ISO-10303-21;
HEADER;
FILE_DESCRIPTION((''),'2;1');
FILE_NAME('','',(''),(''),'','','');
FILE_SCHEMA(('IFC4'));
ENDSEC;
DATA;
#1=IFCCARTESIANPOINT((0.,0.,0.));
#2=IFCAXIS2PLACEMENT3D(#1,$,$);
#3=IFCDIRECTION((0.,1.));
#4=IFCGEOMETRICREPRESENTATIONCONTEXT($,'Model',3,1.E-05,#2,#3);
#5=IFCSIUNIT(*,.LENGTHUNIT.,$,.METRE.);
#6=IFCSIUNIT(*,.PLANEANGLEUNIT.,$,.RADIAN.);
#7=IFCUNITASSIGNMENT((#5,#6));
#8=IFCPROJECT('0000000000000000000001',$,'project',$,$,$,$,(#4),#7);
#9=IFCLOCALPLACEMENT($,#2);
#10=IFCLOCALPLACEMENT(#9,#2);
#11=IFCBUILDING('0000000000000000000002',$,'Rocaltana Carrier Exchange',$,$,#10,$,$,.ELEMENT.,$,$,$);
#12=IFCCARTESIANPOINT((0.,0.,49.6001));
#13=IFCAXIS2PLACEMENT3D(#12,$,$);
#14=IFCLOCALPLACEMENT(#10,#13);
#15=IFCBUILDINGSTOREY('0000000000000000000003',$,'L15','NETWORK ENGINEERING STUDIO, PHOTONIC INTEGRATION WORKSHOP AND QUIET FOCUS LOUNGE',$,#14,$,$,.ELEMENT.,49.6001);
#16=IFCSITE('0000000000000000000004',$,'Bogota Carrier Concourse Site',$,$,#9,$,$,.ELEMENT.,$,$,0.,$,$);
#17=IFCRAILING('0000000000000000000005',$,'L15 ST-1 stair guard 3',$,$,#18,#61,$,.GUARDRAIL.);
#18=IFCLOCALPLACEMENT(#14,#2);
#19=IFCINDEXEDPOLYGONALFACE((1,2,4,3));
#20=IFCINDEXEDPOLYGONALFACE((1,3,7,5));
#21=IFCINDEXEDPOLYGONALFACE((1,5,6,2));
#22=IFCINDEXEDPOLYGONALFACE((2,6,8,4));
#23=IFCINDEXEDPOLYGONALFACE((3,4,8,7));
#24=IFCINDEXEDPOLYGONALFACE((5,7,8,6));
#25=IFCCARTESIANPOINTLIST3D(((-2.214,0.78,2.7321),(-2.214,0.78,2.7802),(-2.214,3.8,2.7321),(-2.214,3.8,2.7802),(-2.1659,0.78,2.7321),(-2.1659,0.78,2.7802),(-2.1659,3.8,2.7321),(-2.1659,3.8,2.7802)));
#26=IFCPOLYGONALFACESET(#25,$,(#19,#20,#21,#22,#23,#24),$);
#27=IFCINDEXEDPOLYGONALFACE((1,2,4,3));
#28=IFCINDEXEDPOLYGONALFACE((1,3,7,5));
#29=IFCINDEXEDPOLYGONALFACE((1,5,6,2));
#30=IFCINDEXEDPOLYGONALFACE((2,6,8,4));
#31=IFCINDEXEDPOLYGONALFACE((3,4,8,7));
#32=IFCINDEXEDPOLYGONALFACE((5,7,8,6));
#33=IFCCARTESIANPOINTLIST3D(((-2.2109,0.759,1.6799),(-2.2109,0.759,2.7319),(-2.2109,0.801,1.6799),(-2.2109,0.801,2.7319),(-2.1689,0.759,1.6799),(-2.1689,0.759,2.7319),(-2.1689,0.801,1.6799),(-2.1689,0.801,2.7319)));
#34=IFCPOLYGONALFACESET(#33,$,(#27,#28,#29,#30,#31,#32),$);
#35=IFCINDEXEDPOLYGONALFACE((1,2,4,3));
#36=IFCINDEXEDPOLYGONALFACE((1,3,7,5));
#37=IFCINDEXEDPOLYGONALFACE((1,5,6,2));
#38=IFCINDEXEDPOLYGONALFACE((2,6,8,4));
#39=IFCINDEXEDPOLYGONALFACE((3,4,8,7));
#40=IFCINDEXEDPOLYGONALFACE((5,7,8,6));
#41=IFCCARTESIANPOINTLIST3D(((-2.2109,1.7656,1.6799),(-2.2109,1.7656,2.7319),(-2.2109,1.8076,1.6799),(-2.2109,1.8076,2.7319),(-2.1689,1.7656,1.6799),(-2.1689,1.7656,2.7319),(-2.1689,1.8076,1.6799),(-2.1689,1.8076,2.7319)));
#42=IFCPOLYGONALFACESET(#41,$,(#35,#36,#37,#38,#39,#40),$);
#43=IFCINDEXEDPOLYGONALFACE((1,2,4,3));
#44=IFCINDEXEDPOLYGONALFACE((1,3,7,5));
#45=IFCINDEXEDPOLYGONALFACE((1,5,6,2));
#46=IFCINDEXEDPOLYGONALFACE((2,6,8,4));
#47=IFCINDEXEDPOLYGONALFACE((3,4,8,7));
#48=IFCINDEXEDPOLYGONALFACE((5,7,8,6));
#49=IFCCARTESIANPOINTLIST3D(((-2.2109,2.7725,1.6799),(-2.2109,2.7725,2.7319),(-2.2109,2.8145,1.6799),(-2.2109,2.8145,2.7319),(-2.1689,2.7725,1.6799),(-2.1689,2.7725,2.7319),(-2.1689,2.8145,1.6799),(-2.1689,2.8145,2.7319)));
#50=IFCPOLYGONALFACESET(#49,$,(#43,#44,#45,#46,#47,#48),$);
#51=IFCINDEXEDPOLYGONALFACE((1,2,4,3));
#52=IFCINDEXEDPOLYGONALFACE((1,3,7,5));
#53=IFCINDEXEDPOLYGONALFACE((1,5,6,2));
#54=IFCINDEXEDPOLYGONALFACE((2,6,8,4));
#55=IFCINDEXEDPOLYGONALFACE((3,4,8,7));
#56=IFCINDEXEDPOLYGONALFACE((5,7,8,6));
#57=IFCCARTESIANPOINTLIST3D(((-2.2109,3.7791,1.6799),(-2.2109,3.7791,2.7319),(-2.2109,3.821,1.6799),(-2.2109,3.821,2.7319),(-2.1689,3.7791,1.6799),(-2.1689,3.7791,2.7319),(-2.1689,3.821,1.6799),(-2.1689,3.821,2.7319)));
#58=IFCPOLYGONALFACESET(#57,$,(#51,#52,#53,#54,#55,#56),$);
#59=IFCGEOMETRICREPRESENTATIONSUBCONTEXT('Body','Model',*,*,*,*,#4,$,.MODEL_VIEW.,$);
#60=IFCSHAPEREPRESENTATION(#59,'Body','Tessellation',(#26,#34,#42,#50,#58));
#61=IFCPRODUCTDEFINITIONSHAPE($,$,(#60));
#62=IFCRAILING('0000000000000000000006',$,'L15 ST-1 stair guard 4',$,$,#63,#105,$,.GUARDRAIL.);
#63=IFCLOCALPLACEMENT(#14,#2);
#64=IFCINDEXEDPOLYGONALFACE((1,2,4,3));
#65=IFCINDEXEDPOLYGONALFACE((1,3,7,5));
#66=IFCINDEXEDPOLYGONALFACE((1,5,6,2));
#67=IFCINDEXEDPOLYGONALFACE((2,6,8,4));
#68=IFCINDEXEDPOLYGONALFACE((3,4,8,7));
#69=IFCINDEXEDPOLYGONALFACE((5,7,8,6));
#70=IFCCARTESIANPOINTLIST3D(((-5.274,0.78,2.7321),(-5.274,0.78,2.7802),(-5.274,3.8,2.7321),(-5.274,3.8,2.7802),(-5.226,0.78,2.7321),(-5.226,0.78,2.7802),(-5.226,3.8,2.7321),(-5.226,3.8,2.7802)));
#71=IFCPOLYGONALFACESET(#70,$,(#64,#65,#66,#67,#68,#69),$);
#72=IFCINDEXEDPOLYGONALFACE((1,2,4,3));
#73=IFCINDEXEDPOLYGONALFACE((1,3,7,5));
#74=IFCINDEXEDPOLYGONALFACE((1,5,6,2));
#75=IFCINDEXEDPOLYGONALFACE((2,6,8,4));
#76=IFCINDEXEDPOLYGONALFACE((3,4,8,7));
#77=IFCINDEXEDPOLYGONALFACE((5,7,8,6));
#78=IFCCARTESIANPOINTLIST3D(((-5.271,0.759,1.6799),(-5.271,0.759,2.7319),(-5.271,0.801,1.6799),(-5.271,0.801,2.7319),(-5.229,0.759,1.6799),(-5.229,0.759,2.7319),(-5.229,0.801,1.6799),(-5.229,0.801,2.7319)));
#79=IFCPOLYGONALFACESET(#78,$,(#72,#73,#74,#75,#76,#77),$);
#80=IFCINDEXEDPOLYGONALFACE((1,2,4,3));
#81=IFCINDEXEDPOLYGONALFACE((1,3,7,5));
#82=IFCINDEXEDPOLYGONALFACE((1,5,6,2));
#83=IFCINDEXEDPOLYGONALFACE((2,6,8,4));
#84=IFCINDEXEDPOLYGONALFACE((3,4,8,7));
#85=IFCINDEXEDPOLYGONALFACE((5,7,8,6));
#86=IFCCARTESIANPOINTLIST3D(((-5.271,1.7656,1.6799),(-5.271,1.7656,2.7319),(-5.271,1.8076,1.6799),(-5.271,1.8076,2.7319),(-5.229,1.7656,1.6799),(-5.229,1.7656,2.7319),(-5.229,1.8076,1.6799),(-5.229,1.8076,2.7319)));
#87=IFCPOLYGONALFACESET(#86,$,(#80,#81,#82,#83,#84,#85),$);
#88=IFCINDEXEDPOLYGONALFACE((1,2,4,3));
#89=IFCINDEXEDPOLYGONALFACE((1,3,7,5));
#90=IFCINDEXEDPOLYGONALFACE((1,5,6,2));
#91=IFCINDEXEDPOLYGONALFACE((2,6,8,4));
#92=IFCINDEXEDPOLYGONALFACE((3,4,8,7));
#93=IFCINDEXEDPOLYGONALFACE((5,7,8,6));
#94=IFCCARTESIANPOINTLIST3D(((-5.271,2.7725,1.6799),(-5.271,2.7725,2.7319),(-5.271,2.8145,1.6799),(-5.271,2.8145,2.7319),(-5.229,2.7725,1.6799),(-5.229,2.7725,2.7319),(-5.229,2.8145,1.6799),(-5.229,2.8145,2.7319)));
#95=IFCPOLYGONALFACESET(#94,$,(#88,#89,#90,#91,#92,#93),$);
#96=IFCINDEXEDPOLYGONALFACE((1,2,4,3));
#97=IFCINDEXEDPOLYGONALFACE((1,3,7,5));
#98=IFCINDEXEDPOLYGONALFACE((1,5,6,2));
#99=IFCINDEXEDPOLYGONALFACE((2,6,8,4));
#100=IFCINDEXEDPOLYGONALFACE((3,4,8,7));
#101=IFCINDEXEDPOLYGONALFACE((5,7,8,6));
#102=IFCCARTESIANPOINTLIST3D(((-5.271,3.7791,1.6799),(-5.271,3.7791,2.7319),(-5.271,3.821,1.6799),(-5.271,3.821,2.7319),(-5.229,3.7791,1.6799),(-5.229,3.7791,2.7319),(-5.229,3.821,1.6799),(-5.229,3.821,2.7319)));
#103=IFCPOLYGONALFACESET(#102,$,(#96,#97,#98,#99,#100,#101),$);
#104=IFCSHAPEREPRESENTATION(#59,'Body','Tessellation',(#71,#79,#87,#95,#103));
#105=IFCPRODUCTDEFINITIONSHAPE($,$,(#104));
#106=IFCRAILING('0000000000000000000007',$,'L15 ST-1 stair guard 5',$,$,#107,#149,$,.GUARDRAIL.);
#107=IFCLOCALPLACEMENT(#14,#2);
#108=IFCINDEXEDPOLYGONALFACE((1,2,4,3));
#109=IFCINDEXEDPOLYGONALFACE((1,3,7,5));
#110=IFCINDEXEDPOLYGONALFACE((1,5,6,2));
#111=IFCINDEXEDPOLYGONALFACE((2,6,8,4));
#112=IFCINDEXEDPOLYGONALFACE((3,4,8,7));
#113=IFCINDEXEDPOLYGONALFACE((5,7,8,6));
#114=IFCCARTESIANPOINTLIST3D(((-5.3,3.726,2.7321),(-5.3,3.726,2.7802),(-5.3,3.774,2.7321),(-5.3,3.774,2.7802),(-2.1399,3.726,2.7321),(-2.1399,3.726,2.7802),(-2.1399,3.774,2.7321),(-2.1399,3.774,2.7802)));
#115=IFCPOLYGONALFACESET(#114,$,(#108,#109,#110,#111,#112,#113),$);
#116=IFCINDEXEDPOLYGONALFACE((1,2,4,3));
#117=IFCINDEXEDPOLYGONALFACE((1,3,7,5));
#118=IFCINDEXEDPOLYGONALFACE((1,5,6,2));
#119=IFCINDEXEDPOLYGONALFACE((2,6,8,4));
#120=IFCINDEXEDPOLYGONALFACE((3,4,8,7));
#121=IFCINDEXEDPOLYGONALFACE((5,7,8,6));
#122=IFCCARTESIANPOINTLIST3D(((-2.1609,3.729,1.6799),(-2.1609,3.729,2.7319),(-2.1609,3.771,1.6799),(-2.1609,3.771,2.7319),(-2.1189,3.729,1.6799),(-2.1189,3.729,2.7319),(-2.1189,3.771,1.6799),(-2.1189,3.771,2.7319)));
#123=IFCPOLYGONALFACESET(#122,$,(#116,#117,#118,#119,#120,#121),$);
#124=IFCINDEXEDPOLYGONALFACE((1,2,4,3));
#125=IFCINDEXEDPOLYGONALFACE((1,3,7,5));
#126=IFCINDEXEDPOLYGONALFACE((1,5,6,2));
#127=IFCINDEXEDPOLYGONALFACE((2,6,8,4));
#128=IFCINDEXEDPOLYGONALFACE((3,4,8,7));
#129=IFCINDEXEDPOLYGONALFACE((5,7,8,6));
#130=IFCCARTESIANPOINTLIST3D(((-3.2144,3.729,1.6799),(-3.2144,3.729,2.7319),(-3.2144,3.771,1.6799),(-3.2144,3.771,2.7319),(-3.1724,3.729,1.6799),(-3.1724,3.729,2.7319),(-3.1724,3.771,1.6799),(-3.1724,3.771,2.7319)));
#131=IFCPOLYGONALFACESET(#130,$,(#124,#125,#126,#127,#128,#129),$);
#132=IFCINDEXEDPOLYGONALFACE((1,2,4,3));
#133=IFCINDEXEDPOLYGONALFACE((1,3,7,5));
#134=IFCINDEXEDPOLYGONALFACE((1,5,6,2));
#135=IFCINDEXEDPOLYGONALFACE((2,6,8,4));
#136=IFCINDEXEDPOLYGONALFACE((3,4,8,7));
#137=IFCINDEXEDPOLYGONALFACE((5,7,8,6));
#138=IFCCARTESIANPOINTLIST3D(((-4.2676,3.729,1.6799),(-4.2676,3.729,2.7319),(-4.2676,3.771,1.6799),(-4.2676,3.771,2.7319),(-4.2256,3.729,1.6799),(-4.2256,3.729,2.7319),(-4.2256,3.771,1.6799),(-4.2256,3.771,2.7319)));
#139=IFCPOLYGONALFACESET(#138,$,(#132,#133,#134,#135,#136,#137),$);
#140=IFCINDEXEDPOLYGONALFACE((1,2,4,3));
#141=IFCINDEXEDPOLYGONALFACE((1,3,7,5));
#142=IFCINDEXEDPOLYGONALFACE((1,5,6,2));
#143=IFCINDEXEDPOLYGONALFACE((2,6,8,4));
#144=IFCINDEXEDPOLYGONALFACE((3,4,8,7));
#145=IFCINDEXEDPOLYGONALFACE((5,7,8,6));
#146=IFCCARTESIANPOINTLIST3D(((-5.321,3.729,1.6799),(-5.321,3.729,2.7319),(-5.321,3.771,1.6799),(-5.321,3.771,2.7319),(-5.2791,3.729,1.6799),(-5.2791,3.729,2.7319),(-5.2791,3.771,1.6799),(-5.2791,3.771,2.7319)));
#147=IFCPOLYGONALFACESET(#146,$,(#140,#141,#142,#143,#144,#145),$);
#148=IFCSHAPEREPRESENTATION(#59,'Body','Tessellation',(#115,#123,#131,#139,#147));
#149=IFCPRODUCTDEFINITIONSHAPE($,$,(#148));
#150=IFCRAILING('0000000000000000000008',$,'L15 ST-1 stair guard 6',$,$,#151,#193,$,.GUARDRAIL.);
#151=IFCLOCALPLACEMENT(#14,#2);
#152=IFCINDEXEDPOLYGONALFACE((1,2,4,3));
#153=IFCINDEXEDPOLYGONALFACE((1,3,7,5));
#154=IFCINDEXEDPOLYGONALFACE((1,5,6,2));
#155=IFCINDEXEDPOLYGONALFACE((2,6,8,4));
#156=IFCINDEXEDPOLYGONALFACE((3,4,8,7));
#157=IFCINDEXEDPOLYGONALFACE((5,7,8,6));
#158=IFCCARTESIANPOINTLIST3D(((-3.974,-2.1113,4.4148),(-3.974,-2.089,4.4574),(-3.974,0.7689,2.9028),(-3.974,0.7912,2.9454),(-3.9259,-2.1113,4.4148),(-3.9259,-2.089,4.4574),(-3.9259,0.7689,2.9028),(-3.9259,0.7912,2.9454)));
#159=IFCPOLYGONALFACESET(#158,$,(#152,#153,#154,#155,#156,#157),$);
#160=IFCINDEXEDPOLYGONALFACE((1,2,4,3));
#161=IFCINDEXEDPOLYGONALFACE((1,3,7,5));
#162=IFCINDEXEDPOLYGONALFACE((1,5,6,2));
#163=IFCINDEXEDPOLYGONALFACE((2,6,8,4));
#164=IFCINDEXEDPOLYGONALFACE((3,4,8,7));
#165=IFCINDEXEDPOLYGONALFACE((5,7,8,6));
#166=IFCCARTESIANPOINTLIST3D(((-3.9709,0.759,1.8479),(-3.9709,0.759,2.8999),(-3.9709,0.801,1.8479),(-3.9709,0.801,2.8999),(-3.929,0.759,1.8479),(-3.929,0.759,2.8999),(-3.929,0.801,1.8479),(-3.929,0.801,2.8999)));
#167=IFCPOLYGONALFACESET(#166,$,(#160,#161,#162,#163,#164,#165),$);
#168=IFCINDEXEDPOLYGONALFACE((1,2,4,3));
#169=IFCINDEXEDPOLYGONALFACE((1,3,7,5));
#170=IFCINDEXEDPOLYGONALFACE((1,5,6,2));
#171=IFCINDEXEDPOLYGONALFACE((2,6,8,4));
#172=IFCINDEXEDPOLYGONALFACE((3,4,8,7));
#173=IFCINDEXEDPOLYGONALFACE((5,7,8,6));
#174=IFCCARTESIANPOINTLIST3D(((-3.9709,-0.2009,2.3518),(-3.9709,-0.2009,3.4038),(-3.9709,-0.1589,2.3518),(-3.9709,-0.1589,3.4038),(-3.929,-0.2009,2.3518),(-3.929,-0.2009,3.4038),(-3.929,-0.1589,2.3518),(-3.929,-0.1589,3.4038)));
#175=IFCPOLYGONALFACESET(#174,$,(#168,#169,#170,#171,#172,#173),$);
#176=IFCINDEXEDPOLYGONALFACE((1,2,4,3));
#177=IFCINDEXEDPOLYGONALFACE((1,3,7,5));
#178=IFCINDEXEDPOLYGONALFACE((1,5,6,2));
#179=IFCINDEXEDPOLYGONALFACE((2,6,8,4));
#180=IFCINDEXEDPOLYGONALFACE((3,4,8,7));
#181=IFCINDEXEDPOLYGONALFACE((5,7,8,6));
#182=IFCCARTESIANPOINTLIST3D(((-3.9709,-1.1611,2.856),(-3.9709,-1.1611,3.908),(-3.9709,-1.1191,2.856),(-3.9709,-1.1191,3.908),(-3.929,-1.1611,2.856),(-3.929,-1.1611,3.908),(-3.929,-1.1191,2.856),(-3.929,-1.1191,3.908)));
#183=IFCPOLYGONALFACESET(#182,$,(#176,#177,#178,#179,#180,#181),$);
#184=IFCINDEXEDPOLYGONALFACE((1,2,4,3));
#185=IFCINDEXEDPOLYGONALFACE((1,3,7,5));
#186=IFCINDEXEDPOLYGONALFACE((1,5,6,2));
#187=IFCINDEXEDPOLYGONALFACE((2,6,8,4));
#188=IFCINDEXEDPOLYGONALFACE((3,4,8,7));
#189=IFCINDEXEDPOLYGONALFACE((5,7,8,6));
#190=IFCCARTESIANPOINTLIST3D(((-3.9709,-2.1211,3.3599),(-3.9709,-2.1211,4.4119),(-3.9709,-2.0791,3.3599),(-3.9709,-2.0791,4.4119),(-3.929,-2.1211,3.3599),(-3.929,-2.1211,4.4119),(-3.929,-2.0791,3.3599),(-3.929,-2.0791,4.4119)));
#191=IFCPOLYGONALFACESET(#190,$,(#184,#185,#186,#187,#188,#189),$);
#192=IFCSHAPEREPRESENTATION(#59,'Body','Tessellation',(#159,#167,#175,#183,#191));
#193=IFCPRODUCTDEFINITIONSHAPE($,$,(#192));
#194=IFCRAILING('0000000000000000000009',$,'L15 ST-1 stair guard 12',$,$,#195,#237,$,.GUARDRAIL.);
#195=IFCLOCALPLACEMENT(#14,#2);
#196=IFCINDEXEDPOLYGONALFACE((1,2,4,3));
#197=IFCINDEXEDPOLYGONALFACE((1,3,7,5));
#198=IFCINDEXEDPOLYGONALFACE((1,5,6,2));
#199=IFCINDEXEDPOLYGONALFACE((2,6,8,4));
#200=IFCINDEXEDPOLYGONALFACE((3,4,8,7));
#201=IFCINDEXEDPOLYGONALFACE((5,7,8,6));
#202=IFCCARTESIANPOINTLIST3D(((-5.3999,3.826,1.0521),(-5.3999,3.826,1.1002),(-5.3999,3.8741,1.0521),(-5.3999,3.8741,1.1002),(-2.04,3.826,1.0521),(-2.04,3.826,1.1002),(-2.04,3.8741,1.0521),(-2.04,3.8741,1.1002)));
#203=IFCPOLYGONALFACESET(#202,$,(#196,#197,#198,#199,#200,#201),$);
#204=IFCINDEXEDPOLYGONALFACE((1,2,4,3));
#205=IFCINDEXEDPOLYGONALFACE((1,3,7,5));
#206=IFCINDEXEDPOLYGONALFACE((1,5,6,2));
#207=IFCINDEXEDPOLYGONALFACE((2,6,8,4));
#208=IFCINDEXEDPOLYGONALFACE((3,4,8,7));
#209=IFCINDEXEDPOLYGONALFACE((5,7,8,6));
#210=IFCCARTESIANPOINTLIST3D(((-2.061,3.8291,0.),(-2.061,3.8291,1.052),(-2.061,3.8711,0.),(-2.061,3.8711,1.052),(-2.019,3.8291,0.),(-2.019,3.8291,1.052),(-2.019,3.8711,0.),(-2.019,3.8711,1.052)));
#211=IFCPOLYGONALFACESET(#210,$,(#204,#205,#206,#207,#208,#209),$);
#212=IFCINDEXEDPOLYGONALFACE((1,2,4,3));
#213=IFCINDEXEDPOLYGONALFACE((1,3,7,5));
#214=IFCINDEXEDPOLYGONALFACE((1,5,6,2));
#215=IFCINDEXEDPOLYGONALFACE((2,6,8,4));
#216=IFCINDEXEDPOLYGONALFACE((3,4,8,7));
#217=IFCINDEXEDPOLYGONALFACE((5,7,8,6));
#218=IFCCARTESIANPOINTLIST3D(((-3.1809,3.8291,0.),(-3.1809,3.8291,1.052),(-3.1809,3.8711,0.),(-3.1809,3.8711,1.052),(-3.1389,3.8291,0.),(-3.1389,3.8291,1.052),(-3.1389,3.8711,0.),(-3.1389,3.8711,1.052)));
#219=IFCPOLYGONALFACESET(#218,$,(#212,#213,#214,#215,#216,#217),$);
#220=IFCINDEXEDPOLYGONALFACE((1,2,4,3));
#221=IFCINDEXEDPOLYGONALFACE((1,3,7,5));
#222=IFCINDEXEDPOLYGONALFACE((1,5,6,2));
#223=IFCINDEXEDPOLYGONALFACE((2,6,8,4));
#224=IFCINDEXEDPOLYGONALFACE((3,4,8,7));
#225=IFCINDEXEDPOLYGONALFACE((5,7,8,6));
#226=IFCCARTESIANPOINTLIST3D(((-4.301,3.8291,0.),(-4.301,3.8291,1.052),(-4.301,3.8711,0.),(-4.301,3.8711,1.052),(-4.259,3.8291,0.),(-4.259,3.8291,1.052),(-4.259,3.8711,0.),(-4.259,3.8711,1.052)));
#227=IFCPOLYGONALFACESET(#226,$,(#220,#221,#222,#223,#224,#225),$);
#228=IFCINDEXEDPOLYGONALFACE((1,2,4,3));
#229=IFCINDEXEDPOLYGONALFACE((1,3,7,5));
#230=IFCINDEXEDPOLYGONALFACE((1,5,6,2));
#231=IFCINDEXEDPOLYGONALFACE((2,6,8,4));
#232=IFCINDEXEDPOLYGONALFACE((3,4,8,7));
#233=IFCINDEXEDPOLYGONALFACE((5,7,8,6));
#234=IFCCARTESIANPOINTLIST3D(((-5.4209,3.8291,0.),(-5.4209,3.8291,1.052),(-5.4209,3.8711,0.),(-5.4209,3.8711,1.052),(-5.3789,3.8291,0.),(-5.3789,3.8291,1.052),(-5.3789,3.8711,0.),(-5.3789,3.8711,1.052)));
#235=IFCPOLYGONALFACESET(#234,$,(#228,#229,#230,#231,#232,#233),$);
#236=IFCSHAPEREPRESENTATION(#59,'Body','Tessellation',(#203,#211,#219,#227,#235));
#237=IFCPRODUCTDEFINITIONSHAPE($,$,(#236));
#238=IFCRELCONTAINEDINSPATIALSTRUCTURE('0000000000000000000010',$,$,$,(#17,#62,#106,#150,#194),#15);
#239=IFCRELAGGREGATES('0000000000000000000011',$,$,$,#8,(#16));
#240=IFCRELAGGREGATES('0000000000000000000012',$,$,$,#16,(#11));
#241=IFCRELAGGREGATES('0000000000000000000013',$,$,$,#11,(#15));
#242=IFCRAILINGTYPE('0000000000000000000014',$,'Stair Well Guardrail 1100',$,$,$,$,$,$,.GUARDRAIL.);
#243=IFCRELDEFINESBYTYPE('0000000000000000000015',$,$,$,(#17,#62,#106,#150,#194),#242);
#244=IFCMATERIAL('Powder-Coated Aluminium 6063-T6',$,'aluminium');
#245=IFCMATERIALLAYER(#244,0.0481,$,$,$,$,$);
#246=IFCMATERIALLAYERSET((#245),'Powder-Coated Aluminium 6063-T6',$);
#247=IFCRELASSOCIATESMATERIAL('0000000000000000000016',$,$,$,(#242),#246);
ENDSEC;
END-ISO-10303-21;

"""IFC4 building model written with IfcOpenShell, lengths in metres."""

from ifc_helpers import new_model, si_unit, direction, frame, origin, origin_2d, place, context, subcontext, project, spatial, rectangle, extrude, material, layer, layer_set, type_object, element, save


model = new_model("IFC4")

# Units and contexts
model_context = context("Model", 3, precision=1e-05, world=origin(), true_north=direction((0.0, 1.0)))
body_context = subcontext(model_context, "Body", "Model", "MODEL_VIEW")
ifc_project = project(units=[si_unit("LENGTHUNIT", "METRE"), si_unit("PLANEANGLEUNIT", "RADIAN")], contexts=[model_context])

# Site, building, storey
site_placement = place(None, origin())
site = spatial("IfcSite", under=ifc_project, at=site_placement, Name="Bogota Carrier Concourse Site", CompositionType="ELEMENT", RefElevation=0.0)
building_placement = place(site_placement, origin())
building = spatial("IfcBuilding", under=site, at=building_placement, Name="Rocaltana Carrier Exchange", CompositionType="ELEMENT")
storey_placement = place(building_placement, frame((0.0, 0.0, 49.6001)))
storey = spatial("IfcBuildingStorey", under=building, at=storey_placement, Name="L15", Description="NETWORK ENGINEERING STUDIO, PHOTONIC INTEGRATION WORKSHOP AND QUIET FOCUS LOUNGE", CompositionType="ELEMENT", Elevation=49.6001)

# Railings
ifc_material_1 = material(Name="Powder-Coated Aluminium 6063-T6", Category="aluminium")
ifc_layer_1 = layer(ifc_material_1, 0.0481)
ifc_layer_set_1 = layer_set([ifc_layer_1], Name="Powder-Coated Aluminium 6063-T6")
railing_type_1 = type_object("IfcRailingType", Name="Stair Well Guardrail 1100", PredefinedType="GUARDRAIL", material=ifc_layer_set_1)
for number, where, name in (
    (1, (-2.1899, 0.78, 1.6799), "L15 ST-1 stair guard 3"),
    (2, (-5.25, 0.78, 1.6799), "L15 ST-1 stair guard 4"),
):
    element("IfcRailing", number, at=place(storey_placement, frame(where)), inside=storey, type_object=railing_type_1, Name=name, PredefinedType="GUARDRAIL", context=body_context, shape_type="SweptSolid", body=[
        extrude(rectangle(XDim=0.0481, YDim=0.0481, at=origin_2d()), frame((0.0, 0.0, 1.0762), z_axis=(0.0, 1.0, 0.0), x_axis=(-1.0, 0.0, 0.0)), (0.0, 0.0, 1.0), 3.02),
        extrude(rectangle(XDim=0.042, YDim=0.042, at=origin_2d()), origin(), (0.0, 0.0, 1.0), 1.052),
        extrude(rectangle(XDim=0.042, YDim=0.042, at=origin_2d()), frame((0.0, 1.0066, 0.0)), (0.0, 0.0, 1.0), 1.052),
        extrude(rectangle(XDim=0.042, YDim=0.042, at=origin_2d()), frame((0.0, 2.0134, 0.0)), (0.0, 0.0, 1.0), 1.052),
        extrude(rectangle(XDim=0.042, YDim=0.042, at=origin_2d()), frame((0.0, 3.02, 0.0)), (0.0, 0.0, 1.0), 1.052),
    ])
railing_1_placement = place(storey_placement, frame((-2.1399, 3.75, 1.6799)))
element("IfcRailing", 3, at=railing_1_placement, inside=storey, type_object=railing_type_1, Name="L15 ST-1 stair guard 5", PredefinedType="GUARDRAIL", context=body_context, shape_type="SweptSolid", body=[
    extrude(rectangle(XDim=0.0481, YDim=0.0481, at=origin_2d()), frame((0.0, 0.0, 1.0762), z_axis=(-1.0, 0.0, 0.0), x_axis=(0.0, -1.0, 0.0)), (0.0, 0.0, 1.0), 3.1602),
    extrude(rectangle(XDim=0.042, YDim=0.042, at=origin_2d()), origin(), (0.0, 0.0, 1.0), 1.052),
    extrude(rectangle(XDim=0.042, YDim=0.042, at=origin_2d()), frame((-1.0535, 0.0, 0.0)), (0.0, 0.0, 1.0), 1.052),
    extrude(rectangle(XDim=0.042, YDim=0.042, at=origin_2d()), frame((-2.1067, 0.0, 0.0)), (0.0, 0.0, 1.0), 1.052),
    extrude(rectangle(XDim=0.042, YDim=0.042, at=origin_2d()), frame((-3.1602, 0.0, 0.0)), (0.0, 0.0, 1.0), 1.052),
])
railing_2_placement = place(storey_placement, frame((-3.95, 0.78, 1.8479)))
element("IfcRailing", 4, at=railing_2_placement, inside=storey, type_object=railing_type_1, Name="L15 ST-1 stair guard 6", PredefinedType="GUARDRAIL", context=body_context, shape_type="SweptSolid", body=[
    extrude(rectangle(XDim=0.0481, YDim=0.0481, at=origin_2d()), frame((0.0, 0.0, 1.0762), z_axis=(0.0, -0.885411, 0.464809), x_axis=(1.0, 0.0, 0.0)), (0.0, 0.0, 1.0), 3.2529),
    extrude(rectangle(XDim=0.042, YDim=0.042, at=origin_2d()), origin(), (0.0, 0.0, 1.0), 1.052),
    extrude(rectangle(XDim=0.042, YDim=0.042, at=origin_2d()), frame((0.0, -0.96, 0.5039)), (0.0, 0.0, 1.0), 1.052),
    extrude(rectangle(XDim=0.042, YDim=0.042, at=origin_2d()), frame((0.0, -1.9202, 1.0081)), (0.0, 0.0, 1.0), 1.052),
    extrude(rectangle(XDim=0.042, YDim=0.042, at=origin_2d()), frame((0.0, -2.8801, 1.512)), (0.0, 0.0, 1.0), 1.052),
])
railing_3_placement = place(storey_placement, frame((-2.04, 3.8501, 0.0)))
element("IfcRailing", 5, at=railing_3_placement, inside=storey, type_object=railing_type_1, Name="L15 ST-1 stair guard 12", PredefinedType="GUARDRAIL", context=body_context, shape_type="SweptSolid", body=[
    extrude(rectangle(XDim=0.0481, YDim=0.0481, at=origin_2d()), frame((0.0, 0.0, 1.0762), z_axis=(-1.0, 0.0, 0.0), x_axis=(0.0, -1.0, 0.0)), (0.0, 0.0, 1.0), 3.3599),
    extrude(rectangle(XDim=0.042, YDim=0.042, at=origin_2d()), origin(), (0.0, 0.0, 1.0), 1.052),
    extrude(rectangle(XDim=0.042, YDim=0.042, at=origin_2d()), frame((-1.1199, 0.0, 0.0)), (0.0, 0.0, 1.0), 1.052),
    extrude(rectangle(XDim=0.042, YDim=0.042, at=origin_2d()), frame((-2.24, 0.0, 0.0)), (0.0, 0.0, 1.0), 1.052),
    extrude(rectangle(XDim=0.042, YDim=0.042, at=origin_2d()), frame((-3.3599, 0.0, 0.0)), (0.0, 0.0, 1.0), 1.052),
])

save(model, "model.ifc")
